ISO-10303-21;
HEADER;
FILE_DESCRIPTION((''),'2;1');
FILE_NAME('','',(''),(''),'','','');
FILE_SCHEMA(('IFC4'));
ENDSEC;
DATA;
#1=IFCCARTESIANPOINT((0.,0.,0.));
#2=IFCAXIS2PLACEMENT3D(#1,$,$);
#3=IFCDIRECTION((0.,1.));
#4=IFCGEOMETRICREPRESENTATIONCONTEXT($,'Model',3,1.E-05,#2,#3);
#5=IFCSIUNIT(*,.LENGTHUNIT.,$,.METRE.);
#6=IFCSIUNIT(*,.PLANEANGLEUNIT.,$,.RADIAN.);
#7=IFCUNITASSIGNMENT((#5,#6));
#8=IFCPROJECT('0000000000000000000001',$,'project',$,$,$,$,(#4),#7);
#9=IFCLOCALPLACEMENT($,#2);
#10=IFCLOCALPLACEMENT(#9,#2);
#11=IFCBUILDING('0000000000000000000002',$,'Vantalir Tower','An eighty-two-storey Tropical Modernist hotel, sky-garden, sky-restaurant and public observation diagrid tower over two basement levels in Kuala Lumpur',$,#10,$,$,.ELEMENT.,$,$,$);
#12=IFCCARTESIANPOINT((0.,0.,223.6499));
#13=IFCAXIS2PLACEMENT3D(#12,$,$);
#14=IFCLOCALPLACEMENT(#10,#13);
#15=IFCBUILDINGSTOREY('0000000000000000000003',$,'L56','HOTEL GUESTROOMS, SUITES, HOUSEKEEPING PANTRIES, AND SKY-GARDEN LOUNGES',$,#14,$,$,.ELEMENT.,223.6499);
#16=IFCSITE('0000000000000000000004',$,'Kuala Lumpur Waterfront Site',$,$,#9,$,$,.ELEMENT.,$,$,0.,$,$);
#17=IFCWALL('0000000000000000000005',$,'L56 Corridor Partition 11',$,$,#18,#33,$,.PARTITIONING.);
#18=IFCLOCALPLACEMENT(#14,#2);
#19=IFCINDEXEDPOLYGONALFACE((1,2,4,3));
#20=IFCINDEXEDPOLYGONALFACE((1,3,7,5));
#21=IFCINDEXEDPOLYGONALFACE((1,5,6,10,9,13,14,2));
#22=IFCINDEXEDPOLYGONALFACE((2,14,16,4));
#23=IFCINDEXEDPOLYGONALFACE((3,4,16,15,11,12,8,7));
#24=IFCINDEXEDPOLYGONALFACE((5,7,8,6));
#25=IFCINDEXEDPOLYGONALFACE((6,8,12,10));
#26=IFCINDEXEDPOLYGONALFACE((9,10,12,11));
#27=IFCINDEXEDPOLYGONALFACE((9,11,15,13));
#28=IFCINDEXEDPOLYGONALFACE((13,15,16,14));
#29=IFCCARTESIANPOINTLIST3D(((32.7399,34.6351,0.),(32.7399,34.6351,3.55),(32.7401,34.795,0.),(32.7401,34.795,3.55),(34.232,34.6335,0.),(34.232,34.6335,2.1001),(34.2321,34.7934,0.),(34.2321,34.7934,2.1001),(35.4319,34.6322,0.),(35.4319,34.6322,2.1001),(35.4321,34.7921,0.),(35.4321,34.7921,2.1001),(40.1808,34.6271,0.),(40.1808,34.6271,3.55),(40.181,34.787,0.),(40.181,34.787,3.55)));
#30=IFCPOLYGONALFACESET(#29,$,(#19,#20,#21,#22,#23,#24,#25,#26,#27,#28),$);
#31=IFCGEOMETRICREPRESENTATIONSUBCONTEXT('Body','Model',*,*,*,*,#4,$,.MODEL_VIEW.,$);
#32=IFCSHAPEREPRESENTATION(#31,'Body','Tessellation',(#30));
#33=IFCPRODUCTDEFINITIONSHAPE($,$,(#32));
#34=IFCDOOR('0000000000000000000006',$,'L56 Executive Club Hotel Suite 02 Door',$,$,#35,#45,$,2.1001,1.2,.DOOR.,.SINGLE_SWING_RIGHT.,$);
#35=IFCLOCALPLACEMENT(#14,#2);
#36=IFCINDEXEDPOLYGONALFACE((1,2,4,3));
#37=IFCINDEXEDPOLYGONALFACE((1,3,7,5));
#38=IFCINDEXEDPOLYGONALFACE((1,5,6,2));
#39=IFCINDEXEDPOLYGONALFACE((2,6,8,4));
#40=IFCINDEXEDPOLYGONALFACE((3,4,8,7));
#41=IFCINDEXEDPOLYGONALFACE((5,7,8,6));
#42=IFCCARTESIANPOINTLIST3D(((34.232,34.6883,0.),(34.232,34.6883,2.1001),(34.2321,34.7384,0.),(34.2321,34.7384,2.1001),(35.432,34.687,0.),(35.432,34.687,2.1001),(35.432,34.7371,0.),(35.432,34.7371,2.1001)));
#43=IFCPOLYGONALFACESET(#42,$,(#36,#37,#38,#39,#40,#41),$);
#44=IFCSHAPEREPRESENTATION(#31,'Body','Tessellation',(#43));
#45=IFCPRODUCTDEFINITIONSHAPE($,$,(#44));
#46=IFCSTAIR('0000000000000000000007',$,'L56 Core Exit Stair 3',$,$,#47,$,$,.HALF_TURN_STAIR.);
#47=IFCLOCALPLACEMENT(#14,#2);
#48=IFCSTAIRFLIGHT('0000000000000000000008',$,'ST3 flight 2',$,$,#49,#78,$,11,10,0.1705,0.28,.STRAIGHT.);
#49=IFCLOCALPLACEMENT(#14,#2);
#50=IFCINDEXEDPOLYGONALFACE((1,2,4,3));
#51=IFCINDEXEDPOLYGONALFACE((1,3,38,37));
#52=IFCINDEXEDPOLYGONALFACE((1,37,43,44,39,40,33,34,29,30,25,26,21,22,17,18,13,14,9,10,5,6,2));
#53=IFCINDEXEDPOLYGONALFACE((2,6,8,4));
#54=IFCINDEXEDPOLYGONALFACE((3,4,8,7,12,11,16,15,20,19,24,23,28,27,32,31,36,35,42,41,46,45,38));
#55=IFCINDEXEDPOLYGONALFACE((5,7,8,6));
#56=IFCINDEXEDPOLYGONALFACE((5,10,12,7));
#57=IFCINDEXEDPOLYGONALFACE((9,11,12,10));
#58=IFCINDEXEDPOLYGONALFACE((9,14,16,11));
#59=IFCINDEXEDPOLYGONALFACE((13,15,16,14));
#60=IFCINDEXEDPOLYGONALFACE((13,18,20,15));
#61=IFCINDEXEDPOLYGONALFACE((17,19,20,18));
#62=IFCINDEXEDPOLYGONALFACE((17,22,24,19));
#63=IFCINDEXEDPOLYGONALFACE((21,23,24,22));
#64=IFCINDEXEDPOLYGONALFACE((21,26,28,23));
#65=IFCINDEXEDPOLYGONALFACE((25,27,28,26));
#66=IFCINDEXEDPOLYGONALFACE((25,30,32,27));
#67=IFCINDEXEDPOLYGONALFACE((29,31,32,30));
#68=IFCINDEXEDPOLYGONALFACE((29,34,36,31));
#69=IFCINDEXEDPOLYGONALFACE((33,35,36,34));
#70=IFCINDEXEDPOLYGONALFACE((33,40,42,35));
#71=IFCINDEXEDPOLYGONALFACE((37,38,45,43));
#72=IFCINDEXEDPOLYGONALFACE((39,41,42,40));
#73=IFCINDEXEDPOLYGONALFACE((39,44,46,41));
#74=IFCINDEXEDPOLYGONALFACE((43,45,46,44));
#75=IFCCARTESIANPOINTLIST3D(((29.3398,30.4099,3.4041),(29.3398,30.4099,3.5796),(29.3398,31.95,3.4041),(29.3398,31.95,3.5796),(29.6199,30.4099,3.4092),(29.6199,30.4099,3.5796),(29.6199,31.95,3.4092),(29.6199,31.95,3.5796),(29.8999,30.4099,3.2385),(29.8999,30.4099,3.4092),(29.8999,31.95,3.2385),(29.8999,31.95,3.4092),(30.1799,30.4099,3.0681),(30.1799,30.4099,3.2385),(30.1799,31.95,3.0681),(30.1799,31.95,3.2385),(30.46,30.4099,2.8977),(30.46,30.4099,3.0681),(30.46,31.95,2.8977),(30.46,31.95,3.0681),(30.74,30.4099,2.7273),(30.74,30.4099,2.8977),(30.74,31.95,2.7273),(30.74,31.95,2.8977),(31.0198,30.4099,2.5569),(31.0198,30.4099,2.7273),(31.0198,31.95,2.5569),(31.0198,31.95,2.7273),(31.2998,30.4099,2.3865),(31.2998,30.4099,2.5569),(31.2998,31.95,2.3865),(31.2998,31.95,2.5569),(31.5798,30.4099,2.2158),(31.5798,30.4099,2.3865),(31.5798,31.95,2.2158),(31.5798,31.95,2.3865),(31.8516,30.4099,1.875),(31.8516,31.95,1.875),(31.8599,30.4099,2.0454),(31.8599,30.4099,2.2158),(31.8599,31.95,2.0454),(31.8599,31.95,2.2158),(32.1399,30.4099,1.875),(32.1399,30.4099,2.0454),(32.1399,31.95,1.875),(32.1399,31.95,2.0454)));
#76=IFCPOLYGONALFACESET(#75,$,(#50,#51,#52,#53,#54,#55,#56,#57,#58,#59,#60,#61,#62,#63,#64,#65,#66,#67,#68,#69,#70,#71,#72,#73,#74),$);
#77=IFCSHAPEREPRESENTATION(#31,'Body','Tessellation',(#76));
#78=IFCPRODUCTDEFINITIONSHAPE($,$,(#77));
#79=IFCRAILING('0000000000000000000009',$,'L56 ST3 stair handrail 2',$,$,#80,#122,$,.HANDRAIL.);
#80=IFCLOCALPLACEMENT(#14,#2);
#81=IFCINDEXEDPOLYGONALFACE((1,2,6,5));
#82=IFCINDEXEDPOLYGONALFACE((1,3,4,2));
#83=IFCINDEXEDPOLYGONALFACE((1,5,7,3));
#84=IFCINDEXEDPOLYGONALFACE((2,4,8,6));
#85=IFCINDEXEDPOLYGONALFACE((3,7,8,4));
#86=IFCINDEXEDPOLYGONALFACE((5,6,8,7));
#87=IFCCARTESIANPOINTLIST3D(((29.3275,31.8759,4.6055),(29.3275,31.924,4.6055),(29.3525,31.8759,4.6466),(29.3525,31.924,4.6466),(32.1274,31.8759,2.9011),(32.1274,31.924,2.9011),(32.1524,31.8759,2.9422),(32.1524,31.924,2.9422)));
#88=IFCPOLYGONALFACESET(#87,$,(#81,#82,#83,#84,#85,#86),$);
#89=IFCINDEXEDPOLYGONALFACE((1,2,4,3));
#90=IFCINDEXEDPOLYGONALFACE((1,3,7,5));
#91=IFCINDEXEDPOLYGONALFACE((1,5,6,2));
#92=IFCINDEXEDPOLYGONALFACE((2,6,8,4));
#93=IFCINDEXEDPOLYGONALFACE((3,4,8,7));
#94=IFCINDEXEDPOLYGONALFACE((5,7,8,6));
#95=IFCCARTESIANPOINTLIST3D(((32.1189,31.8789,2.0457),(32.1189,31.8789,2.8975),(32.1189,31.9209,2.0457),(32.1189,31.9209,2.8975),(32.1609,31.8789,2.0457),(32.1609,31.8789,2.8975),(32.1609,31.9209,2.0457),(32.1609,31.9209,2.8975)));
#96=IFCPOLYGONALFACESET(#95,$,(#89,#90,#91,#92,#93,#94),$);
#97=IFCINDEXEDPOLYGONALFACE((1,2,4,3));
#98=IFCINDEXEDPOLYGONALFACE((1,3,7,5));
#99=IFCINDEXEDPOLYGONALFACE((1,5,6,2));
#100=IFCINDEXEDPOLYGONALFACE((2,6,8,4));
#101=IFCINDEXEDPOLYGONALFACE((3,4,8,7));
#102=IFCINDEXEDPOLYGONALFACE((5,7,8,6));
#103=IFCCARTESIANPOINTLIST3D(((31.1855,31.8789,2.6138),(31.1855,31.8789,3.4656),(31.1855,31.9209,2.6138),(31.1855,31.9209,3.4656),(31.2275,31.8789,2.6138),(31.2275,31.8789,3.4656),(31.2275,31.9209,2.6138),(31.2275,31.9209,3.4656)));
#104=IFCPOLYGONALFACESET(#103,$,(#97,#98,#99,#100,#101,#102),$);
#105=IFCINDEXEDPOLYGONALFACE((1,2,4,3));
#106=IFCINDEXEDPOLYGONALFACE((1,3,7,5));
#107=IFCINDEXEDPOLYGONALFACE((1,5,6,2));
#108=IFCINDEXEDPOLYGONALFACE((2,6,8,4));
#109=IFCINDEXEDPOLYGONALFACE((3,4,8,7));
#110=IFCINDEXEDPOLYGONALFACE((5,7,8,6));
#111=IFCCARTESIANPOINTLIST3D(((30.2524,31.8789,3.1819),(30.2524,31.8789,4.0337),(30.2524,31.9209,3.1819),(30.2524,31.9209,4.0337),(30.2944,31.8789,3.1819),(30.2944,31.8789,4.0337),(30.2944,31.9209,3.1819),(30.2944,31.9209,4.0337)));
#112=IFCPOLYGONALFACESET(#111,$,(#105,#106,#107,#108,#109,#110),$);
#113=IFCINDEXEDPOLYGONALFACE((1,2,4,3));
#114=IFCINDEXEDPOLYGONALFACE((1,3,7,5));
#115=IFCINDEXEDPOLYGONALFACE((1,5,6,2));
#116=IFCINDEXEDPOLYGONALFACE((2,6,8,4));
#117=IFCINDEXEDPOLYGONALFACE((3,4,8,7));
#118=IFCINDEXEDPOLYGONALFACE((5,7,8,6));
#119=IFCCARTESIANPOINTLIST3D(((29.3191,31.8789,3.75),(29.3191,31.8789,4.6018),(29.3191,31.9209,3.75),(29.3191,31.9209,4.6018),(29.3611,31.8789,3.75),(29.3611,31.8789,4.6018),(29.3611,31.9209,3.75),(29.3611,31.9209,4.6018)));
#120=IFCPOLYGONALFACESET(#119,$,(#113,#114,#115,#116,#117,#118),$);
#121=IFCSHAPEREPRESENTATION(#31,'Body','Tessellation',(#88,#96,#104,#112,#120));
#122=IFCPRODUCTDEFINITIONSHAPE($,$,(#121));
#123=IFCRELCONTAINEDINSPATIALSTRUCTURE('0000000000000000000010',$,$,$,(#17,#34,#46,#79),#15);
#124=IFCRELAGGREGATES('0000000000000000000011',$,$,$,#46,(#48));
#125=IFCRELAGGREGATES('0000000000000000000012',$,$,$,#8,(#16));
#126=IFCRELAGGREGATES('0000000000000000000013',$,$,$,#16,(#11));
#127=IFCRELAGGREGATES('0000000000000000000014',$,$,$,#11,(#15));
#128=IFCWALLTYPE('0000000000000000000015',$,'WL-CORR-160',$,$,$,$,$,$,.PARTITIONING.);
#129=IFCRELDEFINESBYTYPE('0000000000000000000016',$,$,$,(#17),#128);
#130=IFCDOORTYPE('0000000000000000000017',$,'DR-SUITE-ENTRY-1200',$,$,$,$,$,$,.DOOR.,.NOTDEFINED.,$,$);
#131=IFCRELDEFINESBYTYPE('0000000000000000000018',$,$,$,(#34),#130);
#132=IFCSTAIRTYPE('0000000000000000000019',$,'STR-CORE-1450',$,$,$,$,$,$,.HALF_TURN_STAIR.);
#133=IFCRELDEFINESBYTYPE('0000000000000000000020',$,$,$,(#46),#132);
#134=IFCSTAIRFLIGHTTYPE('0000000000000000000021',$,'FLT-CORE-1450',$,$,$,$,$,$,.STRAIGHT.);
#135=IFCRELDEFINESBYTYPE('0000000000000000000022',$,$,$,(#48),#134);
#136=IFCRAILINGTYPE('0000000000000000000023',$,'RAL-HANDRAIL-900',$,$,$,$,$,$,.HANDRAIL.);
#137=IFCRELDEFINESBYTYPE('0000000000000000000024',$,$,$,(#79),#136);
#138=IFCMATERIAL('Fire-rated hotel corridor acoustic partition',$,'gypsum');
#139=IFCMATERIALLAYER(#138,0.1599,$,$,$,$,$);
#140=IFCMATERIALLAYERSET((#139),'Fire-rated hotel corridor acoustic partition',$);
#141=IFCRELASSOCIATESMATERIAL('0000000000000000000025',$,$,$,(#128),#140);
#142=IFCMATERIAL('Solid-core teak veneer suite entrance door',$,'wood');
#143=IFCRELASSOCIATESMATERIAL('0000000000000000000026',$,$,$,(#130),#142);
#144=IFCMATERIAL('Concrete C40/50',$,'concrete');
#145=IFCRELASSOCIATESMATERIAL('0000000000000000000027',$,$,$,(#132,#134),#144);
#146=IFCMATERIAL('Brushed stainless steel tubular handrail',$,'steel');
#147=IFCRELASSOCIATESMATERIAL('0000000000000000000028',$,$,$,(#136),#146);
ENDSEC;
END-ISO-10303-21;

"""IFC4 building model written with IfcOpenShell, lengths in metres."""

from ifc_helpers import new_model, si_unit, direction, frame, frame_2d, origin, origin_2d, place, context, subcontext, project, spatial, polyline, rectangle, outline, extrude, material, layer, layer_set, type_object, element, fill, aggregate, save


model = new_model("IFC4")

# Units and contexts
model_context = context("Model", 3, precision=1e-05, world=origin(), true_north=direction((0.0, 1.0)))
body_context = subcontext(model_context, "Body", "Model", "MODEL_VIEW")
ifc_project = project(units=[si_unit("LENGTHUNIT", "METRE"), si_unit("PLANEANGLEUNIT", "RADIAN")], contexts=[model_context])

# Site, building, storey
site_placement = place(None, origin())
site = spatial("IfcSite", under=ifc_project, at=site_placement, Name="Kuala Lumpur Waterfront Site", CompositionType="ELEMENT", RefElevation=0.0)
building_placement = place(site_placement, origin())
building = spatial("IfcBuilding", under=site, at=building_placement, Name="Vantalir Tower", Description="An eighty-two-storey Tropical Modernist hotel, sky-garden, sky-restaurant and public observation diagrid tower over two basement levels in Kuala Lumpur", CompositionType="ELEMENT")
storey_placement = place(building_placement, frame((0.0, 0.0, 223.6499)))
storey = spatial("IfcBuildingStorey", under=building, at=storey_placement, Name="L56", Description="HOTEL GUESTROOMS, SUITES, HOUSEKEEPING PANTRIES, AND SKY-GARDEN LOUNGES", CompositionType="ELEMENT", Elevation=223.6499)

# Shared definitions
ifc_material_1 = material(Name="Fire-rated hotel corridor acoustic partition", Category="gypsum")
ifc_layer_1 = layer(ifc_material_1, 0.1599)
ifc_layer_set_1 = layer_set([ifc_layer_1], Name="Fire-rated hotel corridor acoustic partition")
wall_type_1 = type_object("IfcWallType", Name="WL-CORR-160", PredefinedType="PARTITIONING", material=ifc_layer_set_1)

# Wall, opening, door
wall_1_placement = place(storey_placement, frame((32.74, 34.7151, 0.0), z_axis=(0.0, 0.0, 1.0), x_axis=(0.999999, -0.001083, 0.0)))
wall_1 = element("IfcWall", 1, at=wall_1_placement, inside=storey, type_object=wall_type_1, Name="L56 Corridor Partition 11", PredefinedType="PARTITIONING", context=body_context, shape_type="SweptSolid", body=[
    extrude(rectangle(XDim=7.4409, YDim=0.1599, at=frame_2d((3.7205, 0.0))), origin(), (0.0, 0.0, 1.0), 3.55),
])
opening_1_placement = place(wall_1_placement, frame((1.4919, 0.0, 0.0)))
opening_1 = element("IfcOpeningElement", 2, at=opening_1_placement, cuts=wall_1, PredefinedType="OPENING", context=body_context, shape_type="SweptSolid", body=[
    extrude(rectangle(XDim=1.2, YDim=2.1001, at=frame_2d((0.6001, 1.05))), frame((0.0, 0.0898, 0.0), z_axis=(0.0, -1.0, 0.0), x_axis=(1.0, 0.0, 0.0)), (0.0, 0.0, 1.0), 0.1799),
])
ifc_material_2 = material(Name="Solid-core teak veneer suite entrance door", Category="wood")
door_type_1 = type_object("IfcDoorType", Name="DR-SUITE-ENTRY-1200", OperationType="NOTDEFINED", PredefinedType="DOOR", material=ifc_material_2)
door_1_placement = place(opening_1_placement, origin())
door_1 = element("IfcDoor", 3, at=door_1_placement, inside=storey, type_object=door_type_1, Name="L56 Executive Club Hotel Suite 02 Door", OperationType="SINGLE_SWING_RIGHT", OverallHeight=2.1001, OverallWidth=1.2, PredefinedType="DOOR", context=body_context, shape_type="SweptSolid", body=[
    extrude(rectangle(XDim=1.2, YDim=2.1001, at=frame_2d((0.6001, 1.05))), frame((0.0, 0.0249, 0.0), z_axis=(0.0, -1.0, 0.0), x_axis=(1.0, 0.0, 0.0)), (0.0, 0.0, 1.0), 0.05),
])
fill(opening_1, door_1)

# Stair, stair flight
ifc_material_3 = material(Name="Concrete C40/50", Category="concrete")
stair_type = type_object("IfcStairType", Name="STR-CORE-1450", PredefinedType="HALF_TURN_STAIR", material=ifc_material_3)
stair_placement = place(storey_placement, origin())
stair = element("IfcStair", 4, at=stair_placement, inside=storey, type_object=stair_type, Name="L56 Core Exit Stair 3", PredefinedType="HALF_TURN_STAIR")
stair_flight_type = type_object("IfcStairFlightType", Name="FLT-CORE-1450", PredefinedType="STRAIGHT", material=ifc_material_3)
stair_flight_placement = place(storey_placement, frame((32.1399, 31.1799, 1.875), z_axis=(0.0, 0.0, 1.0), x_axis=(-1.0, 0.0, 0.0)))
stair_flight = element("IfcStairFlight", 5, at=stair_flight_placement, type_object=stair_flight_type, Name="ST3 flight 2", NumberOfRisers=11, NumberOfTreads=10, PredefinedType="STRAIGHT", RiserHeight=0.1705, TreadLength=0.28, context=body_context, shape_type="SweptSolid", body=[
    extrude(outline(polyline([(0.0, 0.0), (0.0, 0.1704), (0.28, 0.1704), (0.28, 0.3408), (0.5601, 0.3408), (0.5601, 0.5115), (0.8401, 0.5115), (0.8401, 0.6819), (1.1201, 0.6819), (1.1201, 0.8523), (1.3999, 0.8523), (1.3999, 1.0227), (1.6799, 1.0227), (1.6799, 1.1931), (1.96, 1.1931), (1.96, 1.3635), (2.24, 1.3635), (2.24, 1.5342), (2.52, 1.5342), (2.52, 1.7046), (2.8, 1.7046), (2.8, 1.875), (2.8, 1.5291), (0.2883, 0.0), (0.0, 0.0)])), frame((0.0, 0.77, 0.0), z_axis=(0.0, -1.0, 0.0), x_axis=(1.0, 0.0, 0.0)), (0.0, 0.0, 1.0), 1.54),
])
aggregate(stair, [stair_flight])

# Railing
ifc_material_4 = material(Name="Brushed stainless steel tubular handrail", Category="steel")
railing_type = type_object("IfcRailingType", Name="RAL-HANDRAIL-900", PredefinedType="HANDRAIL", material=ifc_material_4)
railing_placement = place(storey_placement, frame((32.1399, 31.8999, 2.0457)))
element("IfcRailing", 6, at=railing_placement, inside=storey, type_object=railing_type, Name="L56 ST3 stair handrail 2", PredefinedType="HANDRAIL", context=body_context, shape_type="SweptSolid", body=[
    extrude(rectangle(XDim=0.0481, YDim=0.0481, at=origin_2d()), frame((0.0, 0.0, 0.876), z_axis=(-0.854183, 0.0, 0.519973), x_axis=(0.0, -1.0, 0.0)), (0.0, 0.0, 1.0), 3.2778),
    extrude(rectangle(XDim=0.042, YDim=0.042, at=origin_2d()), origin(), (0.0, 0.0, 1.0), 0.8518),
    extrude(rectangle(XDim=0.042, YDim=0.042, at=origin_2d()), frame((-0.9333, 0.0, 0.5681)), (0.0, 0.0, 1.0), 0.8518),
    extrude(rectangle(XDim=0.042, YDim=0.042, at=origin_2d()), frame((-1.8665, 0.0, 1.1362)), (0.0, 0.0, 1.0), 0.8518),
    extrude(rectangle(XDim=0.042, YDim=0.042, at=origin_2d()), frame((-2.7998, 0.0, 1.7043)), (0.0, 0.0, 1.0), 0.8518),
])

save(model, "model.ifc")
